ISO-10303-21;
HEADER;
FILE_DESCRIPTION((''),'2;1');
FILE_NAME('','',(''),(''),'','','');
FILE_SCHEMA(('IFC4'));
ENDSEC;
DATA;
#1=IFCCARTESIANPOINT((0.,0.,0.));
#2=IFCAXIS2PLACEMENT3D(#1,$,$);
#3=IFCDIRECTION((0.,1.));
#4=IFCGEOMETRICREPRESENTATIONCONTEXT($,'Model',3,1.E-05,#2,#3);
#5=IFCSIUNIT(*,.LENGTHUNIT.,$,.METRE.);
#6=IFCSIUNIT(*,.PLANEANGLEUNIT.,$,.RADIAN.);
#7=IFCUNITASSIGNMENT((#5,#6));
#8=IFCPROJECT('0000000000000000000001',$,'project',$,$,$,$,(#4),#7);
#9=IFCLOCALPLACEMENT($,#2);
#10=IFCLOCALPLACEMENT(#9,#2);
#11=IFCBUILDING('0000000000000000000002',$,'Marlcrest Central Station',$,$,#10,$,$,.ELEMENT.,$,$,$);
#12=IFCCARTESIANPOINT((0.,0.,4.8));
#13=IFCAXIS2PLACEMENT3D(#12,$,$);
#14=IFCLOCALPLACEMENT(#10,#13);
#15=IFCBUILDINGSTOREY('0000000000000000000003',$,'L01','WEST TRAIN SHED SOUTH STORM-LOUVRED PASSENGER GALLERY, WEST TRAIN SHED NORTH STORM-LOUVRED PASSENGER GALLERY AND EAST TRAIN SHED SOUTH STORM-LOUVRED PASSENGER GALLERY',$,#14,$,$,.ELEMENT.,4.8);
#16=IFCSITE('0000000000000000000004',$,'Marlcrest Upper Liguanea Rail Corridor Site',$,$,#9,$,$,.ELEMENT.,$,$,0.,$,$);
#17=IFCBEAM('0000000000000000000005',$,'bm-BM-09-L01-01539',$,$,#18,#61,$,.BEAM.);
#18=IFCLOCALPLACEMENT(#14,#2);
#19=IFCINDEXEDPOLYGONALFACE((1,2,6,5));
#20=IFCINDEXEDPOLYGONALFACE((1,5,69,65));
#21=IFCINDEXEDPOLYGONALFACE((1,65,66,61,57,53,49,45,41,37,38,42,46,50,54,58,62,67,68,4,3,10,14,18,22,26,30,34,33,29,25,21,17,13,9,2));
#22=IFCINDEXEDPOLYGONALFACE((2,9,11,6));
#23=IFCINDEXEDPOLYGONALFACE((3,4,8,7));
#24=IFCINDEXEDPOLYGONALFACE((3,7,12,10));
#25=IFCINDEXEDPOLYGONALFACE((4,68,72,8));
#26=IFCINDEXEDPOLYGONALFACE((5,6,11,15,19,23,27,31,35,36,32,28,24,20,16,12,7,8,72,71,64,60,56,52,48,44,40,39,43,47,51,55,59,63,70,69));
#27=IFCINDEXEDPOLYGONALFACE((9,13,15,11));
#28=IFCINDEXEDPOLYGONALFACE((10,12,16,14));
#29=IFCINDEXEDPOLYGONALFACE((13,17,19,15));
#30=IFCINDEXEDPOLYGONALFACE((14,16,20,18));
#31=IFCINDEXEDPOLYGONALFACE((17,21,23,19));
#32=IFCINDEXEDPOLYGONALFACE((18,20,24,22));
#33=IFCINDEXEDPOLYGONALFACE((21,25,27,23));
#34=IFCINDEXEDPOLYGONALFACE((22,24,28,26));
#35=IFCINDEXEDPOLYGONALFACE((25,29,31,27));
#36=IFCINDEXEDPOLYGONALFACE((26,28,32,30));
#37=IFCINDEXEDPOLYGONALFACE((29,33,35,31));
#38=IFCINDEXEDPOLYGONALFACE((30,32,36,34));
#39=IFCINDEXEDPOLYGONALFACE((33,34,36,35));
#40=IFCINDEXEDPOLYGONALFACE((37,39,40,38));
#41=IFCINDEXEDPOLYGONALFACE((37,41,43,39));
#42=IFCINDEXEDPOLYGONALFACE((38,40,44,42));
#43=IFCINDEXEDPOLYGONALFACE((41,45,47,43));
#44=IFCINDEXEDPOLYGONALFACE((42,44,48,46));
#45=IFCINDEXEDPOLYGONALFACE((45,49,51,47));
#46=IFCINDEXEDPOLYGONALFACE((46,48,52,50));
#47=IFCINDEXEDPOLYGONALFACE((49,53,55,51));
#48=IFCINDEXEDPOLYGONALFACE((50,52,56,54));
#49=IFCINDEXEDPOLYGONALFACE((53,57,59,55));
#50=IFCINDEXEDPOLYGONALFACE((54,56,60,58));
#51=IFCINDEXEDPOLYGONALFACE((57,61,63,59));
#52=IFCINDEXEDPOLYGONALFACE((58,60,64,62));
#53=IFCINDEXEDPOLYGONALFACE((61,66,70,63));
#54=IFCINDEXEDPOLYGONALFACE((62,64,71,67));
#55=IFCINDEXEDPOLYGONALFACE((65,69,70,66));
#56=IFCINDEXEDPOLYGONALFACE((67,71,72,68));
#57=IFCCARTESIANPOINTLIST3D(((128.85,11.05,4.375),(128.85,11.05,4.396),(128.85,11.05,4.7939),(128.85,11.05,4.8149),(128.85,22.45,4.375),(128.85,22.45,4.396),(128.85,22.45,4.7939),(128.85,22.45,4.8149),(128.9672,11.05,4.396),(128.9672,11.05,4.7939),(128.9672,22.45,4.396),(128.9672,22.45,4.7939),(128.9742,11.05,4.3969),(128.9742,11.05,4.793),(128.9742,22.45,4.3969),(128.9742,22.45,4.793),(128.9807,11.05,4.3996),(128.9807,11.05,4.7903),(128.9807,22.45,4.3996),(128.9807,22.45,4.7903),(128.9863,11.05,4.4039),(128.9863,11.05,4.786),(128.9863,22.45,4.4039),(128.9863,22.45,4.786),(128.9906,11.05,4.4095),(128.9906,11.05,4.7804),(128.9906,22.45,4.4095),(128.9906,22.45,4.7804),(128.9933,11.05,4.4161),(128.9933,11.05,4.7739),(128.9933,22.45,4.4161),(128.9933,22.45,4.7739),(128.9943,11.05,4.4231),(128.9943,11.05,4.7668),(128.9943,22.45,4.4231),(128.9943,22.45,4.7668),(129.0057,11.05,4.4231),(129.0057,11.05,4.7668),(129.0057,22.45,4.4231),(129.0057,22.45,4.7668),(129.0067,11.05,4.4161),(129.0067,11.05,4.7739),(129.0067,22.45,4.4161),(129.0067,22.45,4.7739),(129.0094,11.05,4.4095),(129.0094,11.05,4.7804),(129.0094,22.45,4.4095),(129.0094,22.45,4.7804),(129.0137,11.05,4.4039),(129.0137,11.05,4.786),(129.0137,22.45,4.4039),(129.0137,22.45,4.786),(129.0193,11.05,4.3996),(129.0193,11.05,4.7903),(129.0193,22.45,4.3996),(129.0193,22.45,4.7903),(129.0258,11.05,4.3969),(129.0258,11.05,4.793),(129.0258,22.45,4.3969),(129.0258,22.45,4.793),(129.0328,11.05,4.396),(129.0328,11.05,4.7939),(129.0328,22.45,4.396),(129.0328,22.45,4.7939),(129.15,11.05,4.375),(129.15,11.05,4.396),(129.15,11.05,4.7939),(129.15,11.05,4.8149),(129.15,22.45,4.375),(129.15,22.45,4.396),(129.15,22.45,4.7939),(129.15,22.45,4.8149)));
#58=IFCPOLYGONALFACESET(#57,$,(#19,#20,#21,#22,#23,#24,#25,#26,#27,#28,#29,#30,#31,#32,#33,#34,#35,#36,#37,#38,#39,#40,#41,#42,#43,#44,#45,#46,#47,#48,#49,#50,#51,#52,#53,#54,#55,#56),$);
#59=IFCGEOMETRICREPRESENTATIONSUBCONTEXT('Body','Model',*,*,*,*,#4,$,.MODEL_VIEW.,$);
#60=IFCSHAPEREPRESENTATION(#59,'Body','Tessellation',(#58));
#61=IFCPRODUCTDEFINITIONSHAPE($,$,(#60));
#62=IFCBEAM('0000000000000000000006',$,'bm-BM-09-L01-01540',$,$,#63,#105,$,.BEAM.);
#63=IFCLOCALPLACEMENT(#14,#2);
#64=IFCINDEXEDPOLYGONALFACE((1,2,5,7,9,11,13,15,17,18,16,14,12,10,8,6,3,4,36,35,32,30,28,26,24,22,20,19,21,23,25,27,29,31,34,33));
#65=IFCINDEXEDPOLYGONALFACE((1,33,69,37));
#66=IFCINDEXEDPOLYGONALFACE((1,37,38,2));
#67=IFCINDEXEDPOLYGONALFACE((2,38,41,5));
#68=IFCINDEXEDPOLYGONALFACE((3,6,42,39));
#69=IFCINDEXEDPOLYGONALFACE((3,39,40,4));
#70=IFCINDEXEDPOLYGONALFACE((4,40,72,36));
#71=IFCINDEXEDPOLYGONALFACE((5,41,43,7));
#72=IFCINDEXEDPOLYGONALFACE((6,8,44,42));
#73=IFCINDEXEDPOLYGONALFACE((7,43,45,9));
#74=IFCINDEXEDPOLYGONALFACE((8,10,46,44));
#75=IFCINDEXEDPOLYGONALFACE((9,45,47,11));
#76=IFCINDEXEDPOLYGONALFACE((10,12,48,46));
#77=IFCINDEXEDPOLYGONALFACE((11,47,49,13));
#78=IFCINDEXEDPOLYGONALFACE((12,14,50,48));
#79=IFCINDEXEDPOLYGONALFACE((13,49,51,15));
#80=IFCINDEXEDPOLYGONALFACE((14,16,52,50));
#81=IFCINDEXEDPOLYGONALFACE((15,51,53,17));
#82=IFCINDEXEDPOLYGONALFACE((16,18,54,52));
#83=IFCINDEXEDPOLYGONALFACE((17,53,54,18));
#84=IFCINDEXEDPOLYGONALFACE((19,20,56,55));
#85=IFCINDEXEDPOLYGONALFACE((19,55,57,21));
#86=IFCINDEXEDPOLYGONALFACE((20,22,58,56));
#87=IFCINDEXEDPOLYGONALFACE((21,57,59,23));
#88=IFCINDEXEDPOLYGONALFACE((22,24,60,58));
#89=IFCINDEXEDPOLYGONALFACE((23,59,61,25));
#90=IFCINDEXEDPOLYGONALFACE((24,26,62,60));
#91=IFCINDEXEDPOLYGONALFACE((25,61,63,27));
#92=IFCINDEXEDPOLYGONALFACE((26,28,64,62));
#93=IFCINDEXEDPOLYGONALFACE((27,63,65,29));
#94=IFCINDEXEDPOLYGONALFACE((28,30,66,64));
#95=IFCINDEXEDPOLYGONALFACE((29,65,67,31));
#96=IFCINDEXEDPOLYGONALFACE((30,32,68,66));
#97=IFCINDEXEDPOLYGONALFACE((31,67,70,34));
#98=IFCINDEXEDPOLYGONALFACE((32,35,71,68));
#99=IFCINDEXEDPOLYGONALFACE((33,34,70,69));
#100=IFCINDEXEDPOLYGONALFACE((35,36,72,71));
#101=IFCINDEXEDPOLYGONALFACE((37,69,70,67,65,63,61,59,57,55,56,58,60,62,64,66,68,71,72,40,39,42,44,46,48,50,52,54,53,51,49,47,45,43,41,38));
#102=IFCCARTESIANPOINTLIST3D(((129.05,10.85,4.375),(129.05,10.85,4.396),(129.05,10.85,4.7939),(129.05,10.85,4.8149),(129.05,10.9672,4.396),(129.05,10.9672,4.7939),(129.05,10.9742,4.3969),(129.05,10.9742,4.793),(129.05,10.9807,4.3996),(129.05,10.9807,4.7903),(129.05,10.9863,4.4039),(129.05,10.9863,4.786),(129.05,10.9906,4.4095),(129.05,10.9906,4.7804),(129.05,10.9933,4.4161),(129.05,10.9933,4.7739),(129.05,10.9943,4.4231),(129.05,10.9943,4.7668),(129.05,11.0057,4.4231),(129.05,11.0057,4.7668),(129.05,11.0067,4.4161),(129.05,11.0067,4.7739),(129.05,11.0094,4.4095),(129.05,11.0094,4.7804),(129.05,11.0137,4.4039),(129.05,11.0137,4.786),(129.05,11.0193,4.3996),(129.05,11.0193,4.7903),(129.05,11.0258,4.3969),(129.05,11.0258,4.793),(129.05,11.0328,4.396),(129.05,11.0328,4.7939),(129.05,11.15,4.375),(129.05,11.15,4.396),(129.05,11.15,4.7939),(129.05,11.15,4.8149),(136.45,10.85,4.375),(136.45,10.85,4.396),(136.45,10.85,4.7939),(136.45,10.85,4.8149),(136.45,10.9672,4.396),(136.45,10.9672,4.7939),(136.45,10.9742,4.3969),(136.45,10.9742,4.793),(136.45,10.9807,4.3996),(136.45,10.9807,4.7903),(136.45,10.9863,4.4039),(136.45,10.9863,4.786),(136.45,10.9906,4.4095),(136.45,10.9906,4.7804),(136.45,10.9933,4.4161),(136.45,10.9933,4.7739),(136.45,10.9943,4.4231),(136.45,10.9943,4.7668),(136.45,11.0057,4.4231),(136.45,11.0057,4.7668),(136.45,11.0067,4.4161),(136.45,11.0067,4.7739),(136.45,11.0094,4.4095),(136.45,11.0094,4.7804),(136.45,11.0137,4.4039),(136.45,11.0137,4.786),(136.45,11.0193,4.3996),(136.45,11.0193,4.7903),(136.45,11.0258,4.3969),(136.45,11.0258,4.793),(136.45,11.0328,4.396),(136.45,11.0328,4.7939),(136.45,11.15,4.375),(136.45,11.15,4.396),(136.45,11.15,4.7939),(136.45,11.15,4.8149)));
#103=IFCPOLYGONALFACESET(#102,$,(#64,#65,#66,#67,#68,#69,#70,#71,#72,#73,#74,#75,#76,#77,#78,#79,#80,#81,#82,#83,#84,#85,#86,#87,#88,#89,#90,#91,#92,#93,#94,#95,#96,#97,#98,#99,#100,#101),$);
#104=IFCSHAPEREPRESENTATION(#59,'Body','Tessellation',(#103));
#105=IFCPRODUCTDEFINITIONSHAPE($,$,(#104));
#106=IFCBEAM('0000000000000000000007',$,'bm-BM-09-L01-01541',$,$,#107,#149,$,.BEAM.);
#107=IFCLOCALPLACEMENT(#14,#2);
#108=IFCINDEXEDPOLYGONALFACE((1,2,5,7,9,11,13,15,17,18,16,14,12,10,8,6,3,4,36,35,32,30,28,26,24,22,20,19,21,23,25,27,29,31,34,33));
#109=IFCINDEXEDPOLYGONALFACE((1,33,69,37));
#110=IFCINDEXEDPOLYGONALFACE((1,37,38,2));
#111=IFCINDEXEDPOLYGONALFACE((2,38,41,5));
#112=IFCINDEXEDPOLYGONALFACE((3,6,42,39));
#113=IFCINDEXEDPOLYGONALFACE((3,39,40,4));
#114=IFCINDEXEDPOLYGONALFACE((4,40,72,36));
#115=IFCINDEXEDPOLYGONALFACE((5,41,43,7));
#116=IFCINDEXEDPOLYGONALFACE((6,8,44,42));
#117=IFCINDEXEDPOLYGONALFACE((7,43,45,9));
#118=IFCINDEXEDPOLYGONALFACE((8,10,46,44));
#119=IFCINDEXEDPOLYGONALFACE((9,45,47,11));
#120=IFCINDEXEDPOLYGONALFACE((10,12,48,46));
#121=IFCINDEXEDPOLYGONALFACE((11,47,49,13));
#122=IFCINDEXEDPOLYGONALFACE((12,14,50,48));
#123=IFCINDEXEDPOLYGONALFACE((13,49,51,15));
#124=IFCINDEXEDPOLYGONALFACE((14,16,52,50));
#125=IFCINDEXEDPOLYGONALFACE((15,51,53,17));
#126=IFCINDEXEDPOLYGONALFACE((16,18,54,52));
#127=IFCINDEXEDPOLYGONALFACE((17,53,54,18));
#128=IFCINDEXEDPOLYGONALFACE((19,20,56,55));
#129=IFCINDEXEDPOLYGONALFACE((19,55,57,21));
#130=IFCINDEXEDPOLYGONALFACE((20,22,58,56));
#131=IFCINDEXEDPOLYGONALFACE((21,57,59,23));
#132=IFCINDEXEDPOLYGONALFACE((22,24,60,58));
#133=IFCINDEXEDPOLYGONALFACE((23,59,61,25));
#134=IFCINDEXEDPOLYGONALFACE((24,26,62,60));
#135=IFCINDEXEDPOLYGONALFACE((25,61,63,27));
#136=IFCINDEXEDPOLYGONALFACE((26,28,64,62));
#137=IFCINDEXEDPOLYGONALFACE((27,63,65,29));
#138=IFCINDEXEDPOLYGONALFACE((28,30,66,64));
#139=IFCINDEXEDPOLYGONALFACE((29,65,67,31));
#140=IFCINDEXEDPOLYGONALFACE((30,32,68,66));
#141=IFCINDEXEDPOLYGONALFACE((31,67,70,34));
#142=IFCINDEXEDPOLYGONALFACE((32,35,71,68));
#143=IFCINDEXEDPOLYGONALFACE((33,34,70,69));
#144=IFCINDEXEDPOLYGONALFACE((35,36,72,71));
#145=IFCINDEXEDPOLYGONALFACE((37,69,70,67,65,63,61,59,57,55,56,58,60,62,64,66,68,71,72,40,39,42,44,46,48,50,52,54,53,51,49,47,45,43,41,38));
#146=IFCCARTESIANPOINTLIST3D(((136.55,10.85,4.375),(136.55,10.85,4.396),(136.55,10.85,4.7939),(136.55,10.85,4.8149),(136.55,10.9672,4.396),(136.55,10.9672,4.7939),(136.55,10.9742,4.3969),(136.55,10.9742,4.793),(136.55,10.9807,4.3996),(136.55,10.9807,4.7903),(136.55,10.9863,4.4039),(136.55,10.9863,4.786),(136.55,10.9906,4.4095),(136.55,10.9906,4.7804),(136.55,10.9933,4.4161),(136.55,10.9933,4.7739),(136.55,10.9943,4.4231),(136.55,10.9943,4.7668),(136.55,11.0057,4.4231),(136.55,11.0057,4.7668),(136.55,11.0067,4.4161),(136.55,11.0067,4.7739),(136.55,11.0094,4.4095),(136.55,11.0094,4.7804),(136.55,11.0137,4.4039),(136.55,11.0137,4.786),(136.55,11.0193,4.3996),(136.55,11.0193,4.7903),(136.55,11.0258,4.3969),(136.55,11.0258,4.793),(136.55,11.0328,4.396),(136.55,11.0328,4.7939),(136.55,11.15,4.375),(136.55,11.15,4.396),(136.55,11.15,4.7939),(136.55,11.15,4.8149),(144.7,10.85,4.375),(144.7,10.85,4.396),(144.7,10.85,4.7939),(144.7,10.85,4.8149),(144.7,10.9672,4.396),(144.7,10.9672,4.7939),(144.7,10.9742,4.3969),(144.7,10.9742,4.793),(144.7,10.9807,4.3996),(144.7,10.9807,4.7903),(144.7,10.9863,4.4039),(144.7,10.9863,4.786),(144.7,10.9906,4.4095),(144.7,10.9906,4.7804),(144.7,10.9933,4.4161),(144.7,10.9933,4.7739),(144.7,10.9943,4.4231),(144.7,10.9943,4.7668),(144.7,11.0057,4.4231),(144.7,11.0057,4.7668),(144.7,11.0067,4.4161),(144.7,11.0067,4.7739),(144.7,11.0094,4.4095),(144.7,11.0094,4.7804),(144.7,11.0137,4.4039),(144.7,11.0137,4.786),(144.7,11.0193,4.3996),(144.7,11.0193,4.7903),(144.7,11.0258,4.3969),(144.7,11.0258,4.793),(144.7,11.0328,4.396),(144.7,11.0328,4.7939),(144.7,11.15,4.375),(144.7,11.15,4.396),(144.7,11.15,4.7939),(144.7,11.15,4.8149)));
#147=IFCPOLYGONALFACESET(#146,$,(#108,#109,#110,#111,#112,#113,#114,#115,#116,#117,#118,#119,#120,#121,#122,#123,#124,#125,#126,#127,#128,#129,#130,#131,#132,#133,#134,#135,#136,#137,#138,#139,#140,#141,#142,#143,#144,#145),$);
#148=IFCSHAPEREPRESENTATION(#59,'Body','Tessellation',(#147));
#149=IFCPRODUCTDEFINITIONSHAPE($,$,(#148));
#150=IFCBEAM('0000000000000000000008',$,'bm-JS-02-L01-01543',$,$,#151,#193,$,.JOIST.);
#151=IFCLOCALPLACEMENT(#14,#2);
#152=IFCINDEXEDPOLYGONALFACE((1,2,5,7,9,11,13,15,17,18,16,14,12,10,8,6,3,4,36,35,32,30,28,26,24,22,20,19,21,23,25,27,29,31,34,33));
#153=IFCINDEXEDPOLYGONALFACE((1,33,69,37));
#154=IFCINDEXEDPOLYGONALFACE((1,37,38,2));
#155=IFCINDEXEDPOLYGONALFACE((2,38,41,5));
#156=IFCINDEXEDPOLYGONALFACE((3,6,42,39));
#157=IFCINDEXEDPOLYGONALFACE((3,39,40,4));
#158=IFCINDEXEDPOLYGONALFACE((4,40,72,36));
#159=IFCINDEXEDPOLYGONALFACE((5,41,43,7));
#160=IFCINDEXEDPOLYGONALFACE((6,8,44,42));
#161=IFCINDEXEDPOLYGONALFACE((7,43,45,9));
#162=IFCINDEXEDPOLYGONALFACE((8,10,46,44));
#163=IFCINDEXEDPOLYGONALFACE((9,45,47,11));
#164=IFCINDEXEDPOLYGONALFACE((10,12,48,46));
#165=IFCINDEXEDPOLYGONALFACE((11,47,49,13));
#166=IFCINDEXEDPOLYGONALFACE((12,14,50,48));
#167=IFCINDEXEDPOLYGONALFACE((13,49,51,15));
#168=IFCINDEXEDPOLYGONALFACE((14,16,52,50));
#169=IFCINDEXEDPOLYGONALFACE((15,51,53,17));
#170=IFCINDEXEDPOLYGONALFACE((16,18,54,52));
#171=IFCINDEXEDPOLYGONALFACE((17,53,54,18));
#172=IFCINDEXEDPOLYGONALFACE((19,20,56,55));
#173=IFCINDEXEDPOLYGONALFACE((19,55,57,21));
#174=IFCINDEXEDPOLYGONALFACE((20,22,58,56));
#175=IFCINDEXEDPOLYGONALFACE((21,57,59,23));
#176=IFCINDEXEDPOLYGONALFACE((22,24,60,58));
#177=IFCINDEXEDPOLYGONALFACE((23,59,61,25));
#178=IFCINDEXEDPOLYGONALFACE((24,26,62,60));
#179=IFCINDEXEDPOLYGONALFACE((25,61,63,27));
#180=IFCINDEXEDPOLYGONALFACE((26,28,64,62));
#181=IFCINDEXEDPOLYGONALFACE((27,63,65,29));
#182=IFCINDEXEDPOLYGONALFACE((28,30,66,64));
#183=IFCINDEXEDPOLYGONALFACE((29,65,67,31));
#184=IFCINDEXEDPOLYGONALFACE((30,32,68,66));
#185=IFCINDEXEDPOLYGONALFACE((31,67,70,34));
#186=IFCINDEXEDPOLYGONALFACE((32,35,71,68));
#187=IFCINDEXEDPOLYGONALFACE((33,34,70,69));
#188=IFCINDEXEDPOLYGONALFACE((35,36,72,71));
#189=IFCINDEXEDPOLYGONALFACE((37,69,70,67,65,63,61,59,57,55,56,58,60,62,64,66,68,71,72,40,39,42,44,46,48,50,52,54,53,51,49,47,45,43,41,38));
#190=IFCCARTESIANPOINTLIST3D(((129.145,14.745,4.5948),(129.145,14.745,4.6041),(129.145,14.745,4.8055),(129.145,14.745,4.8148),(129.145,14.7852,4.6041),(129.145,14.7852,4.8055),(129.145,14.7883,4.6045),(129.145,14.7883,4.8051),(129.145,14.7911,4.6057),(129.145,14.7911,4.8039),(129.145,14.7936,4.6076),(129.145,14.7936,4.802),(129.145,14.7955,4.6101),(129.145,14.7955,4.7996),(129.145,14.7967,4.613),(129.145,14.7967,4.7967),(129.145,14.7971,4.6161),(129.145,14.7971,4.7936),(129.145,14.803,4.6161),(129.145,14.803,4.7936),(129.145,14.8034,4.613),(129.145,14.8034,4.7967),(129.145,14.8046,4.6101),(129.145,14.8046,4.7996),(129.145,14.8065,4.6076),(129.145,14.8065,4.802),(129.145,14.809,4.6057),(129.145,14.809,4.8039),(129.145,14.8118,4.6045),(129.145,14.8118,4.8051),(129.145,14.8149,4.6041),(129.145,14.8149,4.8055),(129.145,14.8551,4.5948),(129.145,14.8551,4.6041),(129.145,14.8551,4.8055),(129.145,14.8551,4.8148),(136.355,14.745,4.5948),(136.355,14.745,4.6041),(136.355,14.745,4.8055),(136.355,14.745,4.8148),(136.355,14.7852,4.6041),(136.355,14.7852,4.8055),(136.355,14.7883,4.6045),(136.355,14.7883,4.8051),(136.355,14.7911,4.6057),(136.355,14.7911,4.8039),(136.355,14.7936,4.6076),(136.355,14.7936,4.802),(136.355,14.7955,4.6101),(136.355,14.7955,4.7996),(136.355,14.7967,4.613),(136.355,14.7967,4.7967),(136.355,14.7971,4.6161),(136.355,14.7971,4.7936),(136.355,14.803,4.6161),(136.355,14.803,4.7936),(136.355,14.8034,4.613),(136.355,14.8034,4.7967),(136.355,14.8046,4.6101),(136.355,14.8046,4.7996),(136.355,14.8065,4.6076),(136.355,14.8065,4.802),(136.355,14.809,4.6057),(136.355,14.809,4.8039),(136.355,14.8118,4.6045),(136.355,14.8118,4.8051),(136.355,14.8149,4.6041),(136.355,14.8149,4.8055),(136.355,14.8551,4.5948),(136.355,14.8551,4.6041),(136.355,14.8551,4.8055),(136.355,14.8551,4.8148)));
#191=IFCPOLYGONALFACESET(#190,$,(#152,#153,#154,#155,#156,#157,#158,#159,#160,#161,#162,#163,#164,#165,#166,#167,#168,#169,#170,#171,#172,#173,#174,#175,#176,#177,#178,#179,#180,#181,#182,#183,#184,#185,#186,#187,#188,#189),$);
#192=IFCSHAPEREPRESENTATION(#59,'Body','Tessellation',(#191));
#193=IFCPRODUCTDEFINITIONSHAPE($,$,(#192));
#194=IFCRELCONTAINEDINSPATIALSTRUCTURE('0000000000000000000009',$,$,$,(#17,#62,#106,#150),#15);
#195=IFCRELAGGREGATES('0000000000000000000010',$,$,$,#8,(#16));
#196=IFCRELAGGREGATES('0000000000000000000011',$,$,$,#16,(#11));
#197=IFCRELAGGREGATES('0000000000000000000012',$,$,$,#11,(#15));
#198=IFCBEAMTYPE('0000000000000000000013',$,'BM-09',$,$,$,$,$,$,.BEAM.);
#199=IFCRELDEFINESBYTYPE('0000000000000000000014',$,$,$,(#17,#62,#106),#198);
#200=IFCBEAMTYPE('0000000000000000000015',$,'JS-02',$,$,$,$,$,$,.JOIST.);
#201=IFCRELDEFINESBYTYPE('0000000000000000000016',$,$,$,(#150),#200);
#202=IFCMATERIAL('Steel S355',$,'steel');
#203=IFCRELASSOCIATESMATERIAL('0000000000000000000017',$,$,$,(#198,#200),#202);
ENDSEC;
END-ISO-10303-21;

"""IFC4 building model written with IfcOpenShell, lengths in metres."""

from ifc_helpers import new_model, si_unit, direction, frame, origin, origin_2d, place, context, subcontext, project, spatial, i_section, extrude, material, material_profile, profile_set, type_object, element, save


model = new_model("IFC4")

# Units and contexts
model_context = context("Model", 3, precision=1e-05, world=origin(), true_north=direction((0.0, 1.0)))
body_context = subcontext(model_context, "Body", "Model", "MODEL_VIEW")
ifc_project = project(units=[si_unit("LENGTHUNIT", "METRE"), si_unit("PLANEANGLEUNIT", "RADIAN")], contexts=[model_context])

# Site, building, storey
site_placement = place(None, origin())
site = spatial("IfcSite", under=ifc_project, at=site_placement, Name="Marlcrest Upper Liguanea Rail Corridor Site", CompositionType="ELEMENT", RefElevation=0.0)
building_placement = place(site_placement, origin())
building = spatial("IfcBuilding", under=site, at=building_placement, Name="Marlcrest Central Station", CompositionType="ELEMENT")
storey_placement = place(building_placement, frame((0.0, 0.0, 4.8)))
storey = spatial("IfcBuildingStorey", under=building, at=storey_placement, Name="L01", Description="WEST TRAIN SHED SOUTH STORM-LOUVRED PASSENGER GALLERY, WEST TRAIN SHED NORTH STORM-LOUVRED PASSENGER GALLERY AND EAST TRAIN SHED SOUTH STORM-LOUVRED PASSENGER GALLERY", CompositionType="ELEMENT", Elevation=4.8)

# Shared definitions
ifc_material_1 = material(Name="Steel S355", Category="steel")

# Beams
ifc_material_profile_1 = material_profile(ifc_material_1, i_section(OverallWidth=0.3, OverallDepth=0.4399, WebThickness=0.0115, FlangeThickness=0.021, FilletRadius=0.0271, at=origin_2d()), Name="HEA 450")
ifc_profile_set_1 = profile_set([ifc_material_profile_1], Name="Steel S355")
beam_type_1 = type_object("IfcBeamType", Name="BM-09", PredefinedType="BEAM", material=ifc_profile_set_1)
for number, where, z_axis, x_axis, name in (
    (1, (129.0, 11.05, 4.595), (0.0, 1.0, 0.0), (-1.0, 0.0, 0.0), "bm-BM-09-L01-01539"),
):
    element("IfcBeam", number, at=place(storey_placement, frame(where, z_axis=z_axis, x_axis=x_axis)), inside=storey, type_object=beam_type_1, Name=name, PredefinedType="BEAM", context=body_context, shape_type="SweptSolid", body=[
        extrude(i_section(OverallWidth=0.3, OverallDepth=0.4399, WebThickness=0.0115, FlangeThickness=0.021, FilletRadius=0.0271, at=origin_2d()), origin(), (0.0, 0.0, 1.0), 11.3999),
    ])
beam_1_placement = place(storey_placement, frame((129.05, 11.0, 4.595), z_axis=(1.0, 0.0, 0.0), x_axis=(0.0, 1.0, 0.0)))
element("IfcBeam", 2, at=beam_1_placement, inside=storey, type_object=beam_type_1, Name="bm-BM-09-L01-01540", PredefinedType="BEAM", context=body_context, shape_type="SweptSolid", body=[
    extrude(i_section(OverallWidth=0.3, OverallDepth=0.4399, WebThickness=0.0115, FlangeThickness=0.021, FilletRadius=0.0271, at=origin_2d()), origin(), (0.0, 0.0, 1.0), 7.3999),
])
beam_2_placement = place(storey_placement, frame((136.55, 11.0, 4.595), z_axis=(1.0, 0.0, 0.0), x_axis=(0.0, 1.0, 0.0)))
element("IfcBeam", 3, at=beam_2_placement, inside=storey, type_object=beam_type_1, Name="bm-BM-09-L01-01541", PredefinedType="BEAM", context=body_context, shape_type="SweptSolid", body=[
    extrude(i_section(OverallWidth=0.3, OverallDepth=0.4399, WebThickness=0.0115, FlangeThickness=0.021, FilletRadius=0.0271, at=origin_2d()), origin(), (0.0, 0.0, 1.0), 8.1499),
])
ifc_material_profile_2 = material_profile(ifc_material_1, i_section(OverallWidth=0.1101, OverallDepth=0.22, WebThickness=0.0059, FlangeThickness=0.0093, FilletRadius=0.012, at=origin_2d()), Name="IPE 220")
ifc_profile_set_2 = profile_set([ifc_material_profile_2], Name="Steel S355")
beam_type_2 = type_object("IfcBeamType", Name="JS-02", PredefinedType="JOIST", material=ifc_profile_set_2)
beam_3_placement = place(storey_placement, frame((129.145, 14.8, 4.7048), z_axis=(1.0, 0.0, 0.0), x_axis=(0.0, 1.0, 0.0)))
element("IfcBeam", 4, at=beam_3_placement, inside=storey, type_object=beam_type_2, Name="bm-JS-02-L01-01543", PredefinedType="JOIST", context=body_context, shape_type="SweptSolid", body=[
    extrude(i_section(OverallWidth=0.1101, OverallDepth=0.22, WebThickness=0.0059, FlangeThickness=0.0093, FilletRadius=0.012, at=origin_2d()), origin(), (0.0, 0.0, 1.0), 7.21),
])

save(model, "model.ifc")
